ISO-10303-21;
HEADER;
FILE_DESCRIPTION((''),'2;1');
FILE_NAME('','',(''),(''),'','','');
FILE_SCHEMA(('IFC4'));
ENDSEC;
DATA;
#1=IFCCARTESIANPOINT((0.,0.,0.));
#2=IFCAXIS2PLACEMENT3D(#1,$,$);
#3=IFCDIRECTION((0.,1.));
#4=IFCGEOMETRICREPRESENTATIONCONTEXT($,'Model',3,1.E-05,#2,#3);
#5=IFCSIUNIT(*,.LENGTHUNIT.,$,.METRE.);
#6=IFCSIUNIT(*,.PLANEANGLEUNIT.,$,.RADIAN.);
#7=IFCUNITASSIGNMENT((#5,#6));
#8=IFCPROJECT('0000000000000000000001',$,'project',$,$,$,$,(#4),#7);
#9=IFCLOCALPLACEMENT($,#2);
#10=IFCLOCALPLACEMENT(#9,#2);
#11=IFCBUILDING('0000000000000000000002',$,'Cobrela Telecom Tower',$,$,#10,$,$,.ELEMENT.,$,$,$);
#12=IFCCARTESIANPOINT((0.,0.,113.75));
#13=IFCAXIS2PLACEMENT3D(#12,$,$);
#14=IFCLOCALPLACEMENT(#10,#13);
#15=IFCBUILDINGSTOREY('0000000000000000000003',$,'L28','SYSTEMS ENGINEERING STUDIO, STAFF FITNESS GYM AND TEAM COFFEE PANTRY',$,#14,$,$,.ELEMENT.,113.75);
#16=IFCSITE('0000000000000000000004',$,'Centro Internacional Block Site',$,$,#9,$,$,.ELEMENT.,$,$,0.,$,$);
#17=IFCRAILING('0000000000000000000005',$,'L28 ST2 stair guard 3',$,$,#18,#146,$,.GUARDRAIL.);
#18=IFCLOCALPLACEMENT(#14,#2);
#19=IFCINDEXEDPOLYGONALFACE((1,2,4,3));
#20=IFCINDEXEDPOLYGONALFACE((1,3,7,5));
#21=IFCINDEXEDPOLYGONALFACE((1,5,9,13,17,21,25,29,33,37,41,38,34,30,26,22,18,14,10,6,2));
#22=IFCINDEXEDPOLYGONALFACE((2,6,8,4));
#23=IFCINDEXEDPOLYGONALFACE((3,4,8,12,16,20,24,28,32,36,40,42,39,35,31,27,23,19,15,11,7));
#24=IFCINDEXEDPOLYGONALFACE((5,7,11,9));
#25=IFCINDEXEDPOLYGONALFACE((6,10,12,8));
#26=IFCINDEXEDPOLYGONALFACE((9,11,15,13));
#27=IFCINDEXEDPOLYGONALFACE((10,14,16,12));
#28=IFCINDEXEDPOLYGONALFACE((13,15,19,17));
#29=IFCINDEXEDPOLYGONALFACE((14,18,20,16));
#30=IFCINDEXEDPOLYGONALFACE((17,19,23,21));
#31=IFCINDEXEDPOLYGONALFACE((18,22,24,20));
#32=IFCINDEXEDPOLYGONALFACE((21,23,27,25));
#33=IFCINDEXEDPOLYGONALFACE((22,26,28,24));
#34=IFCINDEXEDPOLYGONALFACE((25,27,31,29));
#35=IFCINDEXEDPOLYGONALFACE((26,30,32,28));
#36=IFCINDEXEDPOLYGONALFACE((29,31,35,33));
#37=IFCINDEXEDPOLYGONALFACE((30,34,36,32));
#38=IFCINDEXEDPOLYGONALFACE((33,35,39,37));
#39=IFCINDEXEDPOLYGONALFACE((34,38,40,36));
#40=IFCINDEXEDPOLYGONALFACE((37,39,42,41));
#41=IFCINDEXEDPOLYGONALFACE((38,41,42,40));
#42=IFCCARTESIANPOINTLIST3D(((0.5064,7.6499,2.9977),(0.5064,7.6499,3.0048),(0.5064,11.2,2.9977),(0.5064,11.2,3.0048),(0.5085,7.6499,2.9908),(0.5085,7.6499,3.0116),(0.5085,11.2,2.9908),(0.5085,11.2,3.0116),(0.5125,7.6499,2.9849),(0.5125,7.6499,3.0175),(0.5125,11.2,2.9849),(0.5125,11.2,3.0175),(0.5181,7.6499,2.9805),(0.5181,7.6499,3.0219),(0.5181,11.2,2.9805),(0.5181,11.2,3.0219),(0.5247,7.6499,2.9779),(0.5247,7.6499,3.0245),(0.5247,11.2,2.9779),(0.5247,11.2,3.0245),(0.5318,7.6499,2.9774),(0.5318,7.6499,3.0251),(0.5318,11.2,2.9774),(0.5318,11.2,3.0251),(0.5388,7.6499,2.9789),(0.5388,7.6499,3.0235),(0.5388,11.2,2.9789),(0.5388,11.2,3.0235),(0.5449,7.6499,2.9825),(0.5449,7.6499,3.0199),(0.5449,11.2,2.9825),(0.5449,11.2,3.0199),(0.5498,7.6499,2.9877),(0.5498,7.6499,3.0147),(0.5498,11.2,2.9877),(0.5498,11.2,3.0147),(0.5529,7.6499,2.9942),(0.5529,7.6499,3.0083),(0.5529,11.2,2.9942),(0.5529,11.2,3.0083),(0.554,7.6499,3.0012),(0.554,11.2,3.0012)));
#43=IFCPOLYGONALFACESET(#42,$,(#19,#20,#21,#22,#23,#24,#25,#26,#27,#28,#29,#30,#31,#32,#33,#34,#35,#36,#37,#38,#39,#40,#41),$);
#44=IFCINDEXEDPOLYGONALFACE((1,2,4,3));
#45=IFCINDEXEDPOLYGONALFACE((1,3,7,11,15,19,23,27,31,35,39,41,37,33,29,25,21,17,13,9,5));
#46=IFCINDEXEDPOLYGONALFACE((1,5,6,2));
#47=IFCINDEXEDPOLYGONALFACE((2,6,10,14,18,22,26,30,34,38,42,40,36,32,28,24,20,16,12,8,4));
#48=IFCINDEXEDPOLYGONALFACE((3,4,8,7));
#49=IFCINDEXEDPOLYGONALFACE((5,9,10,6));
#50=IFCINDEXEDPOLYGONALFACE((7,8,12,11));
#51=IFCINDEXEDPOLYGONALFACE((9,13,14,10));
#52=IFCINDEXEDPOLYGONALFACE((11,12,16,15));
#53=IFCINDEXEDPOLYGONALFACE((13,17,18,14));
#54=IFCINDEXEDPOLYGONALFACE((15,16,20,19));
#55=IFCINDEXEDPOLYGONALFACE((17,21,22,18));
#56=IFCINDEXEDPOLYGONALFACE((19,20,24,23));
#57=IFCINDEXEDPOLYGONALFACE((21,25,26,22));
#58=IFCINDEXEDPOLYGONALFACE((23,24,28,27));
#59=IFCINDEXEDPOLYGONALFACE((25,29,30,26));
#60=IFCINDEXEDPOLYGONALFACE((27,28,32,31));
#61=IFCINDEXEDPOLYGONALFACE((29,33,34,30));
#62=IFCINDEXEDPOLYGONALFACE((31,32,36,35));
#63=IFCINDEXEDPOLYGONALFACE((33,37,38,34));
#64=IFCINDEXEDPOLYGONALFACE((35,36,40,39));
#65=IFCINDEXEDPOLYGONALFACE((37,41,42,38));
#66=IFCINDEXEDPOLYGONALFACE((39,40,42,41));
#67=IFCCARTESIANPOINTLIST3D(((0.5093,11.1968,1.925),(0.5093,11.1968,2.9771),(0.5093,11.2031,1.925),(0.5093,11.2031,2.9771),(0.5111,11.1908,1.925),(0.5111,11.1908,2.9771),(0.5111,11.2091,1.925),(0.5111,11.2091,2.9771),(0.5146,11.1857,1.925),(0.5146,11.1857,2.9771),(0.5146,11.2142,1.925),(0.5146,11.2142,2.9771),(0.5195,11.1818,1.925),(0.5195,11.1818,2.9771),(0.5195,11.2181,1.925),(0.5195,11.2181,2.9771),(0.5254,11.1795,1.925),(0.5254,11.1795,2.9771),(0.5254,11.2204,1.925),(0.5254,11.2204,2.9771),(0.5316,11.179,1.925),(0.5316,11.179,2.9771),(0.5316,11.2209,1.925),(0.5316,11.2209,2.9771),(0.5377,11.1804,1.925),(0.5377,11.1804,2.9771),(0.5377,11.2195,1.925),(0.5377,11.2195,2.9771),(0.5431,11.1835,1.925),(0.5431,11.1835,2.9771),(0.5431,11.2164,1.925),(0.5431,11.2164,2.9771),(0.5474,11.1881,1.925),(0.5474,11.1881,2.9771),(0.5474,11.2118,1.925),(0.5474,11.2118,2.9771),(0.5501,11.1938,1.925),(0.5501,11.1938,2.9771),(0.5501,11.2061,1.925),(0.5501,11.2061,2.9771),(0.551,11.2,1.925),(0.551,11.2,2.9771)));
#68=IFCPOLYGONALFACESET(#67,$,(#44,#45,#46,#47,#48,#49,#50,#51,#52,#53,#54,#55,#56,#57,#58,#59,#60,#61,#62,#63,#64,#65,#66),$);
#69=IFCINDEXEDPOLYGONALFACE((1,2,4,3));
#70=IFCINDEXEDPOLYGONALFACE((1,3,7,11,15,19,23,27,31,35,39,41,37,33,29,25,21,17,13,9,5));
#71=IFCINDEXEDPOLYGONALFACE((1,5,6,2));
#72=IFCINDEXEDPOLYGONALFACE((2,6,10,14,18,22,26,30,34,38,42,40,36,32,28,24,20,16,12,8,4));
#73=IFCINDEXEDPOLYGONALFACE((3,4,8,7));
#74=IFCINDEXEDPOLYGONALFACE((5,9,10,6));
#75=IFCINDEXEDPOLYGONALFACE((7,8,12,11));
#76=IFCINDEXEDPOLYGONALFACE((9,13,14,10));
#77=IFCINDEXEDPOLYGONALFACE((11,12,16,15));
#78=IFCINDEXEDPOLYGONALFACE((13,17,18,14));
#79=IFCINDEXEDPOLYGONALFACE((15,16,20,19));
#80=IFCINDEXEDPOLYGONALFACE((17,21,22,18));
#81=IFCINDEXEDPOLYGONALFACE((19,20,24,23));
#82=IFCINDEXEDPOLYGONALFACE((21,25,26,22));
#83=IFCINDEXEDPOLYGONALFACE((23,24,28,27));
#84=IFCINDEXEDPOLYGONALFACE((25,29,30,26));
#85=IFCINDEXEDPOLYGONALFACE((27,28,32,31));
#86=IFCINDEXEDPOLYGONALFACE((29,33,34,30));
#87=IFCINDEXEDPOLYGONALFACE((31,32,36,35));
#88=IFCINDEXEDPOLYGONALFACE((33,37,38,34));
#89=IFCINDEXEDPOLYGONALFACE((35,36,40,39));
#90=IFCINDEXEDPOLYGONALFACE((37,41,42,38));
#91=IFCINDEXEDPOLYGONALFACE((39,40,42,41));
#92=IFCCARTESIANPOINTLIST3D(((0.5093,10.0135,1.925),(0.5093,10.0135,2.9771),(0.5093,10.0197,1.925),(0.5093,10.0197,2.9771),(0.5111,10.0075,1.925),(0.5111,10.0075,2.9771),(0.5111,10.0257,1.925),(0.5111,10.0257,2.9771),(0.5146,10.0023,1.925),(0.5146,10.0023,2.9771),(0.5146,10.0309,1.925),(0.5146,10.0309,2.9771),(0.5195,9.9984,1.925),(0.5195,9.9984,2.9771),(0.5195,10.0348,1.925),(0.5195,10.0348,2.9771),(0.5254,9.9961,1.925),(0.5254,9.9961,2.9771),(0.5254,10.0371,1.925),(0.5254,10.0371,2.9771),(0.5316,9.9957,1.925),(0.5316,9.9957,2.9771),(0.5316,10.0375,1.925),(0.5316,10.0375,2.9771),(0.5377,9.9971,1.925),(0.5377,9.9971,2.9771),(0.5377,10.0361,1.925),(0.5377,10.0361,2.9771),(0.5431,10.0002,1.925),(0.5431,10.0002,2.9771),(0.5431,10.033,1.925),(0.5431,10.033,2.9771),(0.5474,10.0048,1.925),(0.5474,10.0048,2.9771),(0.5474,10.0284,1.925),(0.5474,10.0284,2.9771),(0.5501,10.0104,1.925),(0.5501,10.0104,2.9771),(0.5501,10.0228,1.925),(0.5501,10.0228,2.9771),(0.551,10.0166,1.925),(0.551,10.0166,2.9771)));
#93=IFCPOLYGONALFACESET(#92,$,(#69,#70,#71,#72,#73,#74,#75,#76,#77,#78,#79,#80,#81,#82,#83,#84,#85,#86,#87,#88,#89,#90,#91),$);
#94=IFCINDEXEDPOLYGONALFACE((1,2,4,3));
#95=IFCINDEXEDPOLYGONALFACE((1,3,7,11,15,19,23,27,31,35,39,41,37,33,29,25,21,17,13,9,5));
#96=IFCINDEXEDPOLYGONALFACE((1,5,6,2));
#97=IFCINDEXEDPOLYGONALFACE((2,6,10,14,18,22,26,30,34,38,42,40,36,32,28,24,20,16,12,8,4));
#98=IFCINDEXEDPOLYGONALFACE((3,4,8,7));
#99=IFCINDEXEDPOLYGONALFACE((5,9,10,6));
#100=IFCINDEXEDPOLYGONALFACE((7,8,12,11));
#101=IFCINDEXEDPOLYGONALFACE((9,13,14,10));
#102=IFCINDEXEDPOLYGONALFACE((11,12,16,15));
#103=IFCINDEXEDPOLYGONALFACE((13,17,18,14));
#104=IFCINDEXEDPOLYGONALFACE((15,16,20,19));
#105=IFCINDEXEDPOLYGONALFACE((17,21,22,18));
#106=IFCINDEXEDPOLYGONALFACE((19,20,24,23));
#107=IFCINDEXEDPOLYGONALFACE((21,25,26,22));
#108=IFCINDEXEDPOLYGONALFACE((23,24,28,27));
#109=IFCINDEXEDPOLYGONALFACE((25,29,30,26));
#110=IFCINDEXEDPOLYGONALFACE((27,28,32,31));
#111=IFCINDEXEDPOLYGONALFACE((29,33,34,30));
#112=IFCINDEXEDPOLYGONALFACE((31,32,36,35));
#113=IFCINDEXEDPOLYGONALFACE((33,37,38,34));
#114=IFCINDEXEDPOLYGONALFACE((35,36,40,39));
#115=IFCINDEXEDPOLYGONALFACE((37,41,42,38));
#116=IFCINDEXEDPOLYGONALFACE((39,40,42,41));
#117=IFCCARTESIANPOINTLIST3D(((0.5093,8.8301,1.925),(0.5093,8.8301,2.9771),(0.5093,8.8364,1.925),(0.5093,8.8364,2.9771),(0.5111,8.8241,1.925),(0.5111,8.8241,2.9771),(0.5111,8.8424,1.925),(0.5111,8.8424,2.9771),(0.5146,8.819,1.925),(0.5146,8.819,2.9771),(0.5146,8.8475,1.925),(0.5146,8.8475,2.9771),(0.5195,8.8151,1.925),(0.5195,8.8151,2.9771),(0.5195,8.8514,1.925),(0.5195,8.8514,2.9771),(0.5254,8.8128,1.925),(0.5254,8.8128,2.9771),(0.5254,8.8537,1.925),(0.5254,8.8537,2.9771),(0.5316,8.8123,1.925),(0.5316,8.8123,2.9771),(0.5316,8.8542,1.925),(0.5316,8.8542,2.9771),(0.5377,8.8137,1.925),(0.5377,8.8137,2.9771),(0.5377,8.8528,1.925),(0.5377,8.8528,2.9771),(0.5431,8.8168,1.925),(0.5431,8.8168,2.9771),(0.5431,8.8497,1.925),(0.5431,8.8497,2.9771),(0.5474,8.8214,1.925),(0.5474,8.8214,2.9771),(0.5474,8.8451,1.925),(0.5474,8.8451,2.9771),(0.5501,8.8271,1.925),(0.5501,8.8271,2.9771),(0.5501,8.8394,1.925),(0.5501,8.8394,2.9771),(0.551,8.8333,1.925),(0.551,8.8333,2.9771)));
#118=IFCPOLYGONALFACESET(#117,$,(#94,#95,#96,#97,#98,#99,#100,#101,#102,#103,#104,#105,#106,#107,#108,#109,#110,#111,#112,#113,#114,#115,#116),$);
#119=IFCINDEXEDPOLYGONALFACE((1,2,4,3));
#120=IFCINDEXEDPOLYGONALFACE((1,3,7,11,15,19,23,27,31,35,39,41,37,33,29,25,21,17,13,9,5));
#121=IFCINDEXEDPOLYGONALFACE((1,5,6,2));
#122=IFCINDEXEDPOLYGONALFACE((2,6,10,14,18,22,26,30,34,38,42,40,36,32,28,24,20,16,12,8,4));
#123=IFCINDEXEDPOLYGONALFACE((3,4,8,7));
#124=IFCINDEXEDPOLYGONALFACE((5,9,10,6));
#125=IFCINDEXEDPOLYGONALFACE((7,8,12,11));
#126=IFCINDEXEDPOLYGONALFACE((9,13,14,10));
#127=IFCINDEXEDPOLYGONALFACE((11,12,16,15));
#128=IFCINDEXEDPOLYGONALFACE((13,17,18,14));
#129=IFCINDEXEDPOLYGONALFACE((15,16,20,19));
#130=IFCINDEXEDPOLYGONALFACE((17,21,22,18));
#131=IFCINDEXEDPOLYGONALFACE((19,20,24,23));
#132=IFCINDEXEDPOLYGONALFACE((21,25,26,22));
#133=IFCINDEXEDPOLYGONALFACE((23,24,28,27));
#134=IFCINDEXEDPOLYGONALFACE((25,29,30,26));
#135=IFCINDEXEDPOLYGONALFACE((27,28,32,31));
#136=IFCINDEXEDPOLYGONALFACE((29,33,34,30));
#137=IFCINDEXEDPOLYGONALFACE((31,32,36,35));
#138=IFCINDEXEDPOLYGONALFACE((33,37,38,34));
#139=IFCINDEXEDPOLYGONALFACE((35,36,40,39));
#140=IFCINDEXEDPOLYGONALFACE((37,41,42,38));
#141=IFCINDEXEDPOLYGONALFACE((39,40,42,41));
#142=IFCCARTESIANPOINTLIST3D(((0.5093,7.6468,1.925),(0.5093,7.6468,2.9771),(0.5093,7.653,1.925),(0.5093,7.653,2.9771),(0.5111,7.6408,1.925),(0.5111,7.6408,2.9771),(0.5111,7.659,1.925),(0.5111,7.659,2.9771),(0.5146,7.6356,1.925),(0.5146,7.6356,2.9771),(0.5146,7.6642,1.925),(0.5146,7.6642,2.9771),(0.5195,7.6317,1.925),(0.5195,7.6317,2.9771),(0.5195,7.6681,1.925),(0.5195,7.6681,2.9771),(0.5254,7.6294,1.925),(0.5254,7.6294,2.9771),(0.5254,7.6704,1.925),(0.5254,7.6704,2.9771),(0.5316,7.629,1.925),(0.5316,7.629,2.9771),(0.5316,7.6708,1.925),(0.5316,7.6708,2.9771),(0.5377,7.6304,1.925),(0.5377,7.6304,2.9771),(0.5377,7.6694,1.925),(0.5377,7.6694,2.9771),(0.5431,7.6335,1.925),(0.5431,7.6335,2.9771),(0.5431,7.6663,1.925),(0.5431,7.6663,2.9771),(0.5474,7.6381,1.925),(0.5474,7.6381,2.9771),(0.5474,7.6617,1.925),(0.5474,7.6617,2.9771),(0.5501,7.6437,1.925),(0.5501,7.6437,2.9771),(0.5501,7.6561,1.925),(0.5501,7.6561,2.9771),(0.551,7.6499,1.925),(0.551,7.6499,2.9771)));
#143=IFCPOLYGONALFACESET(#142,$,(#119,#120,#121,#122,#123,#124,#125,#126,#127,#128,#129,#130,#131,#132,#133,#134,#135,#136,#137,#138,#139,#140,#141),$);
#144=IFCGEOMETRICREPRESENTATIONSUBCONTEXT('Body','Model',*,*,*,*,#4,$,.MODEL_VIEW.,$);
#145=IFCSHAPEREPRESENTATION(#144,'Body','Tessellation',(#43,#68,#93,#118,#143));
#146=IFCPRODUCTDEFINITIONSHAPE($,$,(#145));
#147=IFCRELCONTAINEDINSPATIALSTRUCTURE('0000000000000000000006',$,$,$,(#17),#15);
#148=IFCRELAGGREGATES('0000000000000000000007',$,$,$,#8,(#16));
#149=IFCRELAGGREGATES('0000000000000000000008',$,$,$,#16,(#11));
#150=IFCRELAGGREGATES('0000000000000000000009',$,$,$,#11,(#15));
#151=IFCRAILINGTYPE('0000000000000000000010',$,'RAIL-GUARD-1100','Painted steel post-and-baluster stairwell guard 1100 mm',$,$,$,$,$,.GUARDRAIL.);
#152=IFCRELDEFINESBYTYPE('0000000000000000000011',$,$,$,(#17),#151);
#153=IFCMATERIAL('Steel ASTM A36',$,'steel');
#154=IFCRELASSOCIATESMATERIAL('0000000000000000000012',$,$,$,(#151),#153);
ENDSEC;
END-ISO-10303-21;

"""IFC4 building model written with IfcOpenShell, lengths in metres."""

from ifc_helpers import new_model, si_unit, direction, frame, origin, origin_2d, place, context, subcontext, project, spatial, circle, extrude, material, type_object, element, save


model = new_model("IFC4")

# Units and contexts
model_context = context("Model", 3, precision=1e-05, world=origin(), true_north=direction((0.0, 1.0)))
body_context = subcontext(model_context, "Body", "Model", "MODEL_VIEW")
ifc_project = project(units=[si_unit("LENGTHUNIT", "METRE"), si_unit("PLANEANGLEUNIT", "RADIAN")], contexts=[model_context])

# Site, building, storey
site_placement = place(None, origin())
site = spatial("IfcSite", under=ifc_project, at=site_placement, Name="Centro Internacional Block Site", CompositionType="ELEMENT", RefElevation=0.0)
building_placement = place(site_placement, origin())
building = spatial("IfcBuilding", under=site, at=building_placement, Name="Cobrela Telecom Tower", CompositionType="ELEMENT")
storey_placement = place(building_placement, frame((0.0, 0.0, 113.75)))
storey = spatial("IfcBuildingStorey", under=building, at=storey_placement, Name="L28", Description="SYSTEMS ENGINEERING STUDIO, STAFF FITNESS GYM AND TEAM COFFEE PANTRY", CompositionType="ELEMENT", Elevation=113.75)

# Shared definitions
ifc_material_1 = material(Name="Steel ASTM A36", Category="steel")

# Railing
railing_type_1 = type_object("IfcRailingType", Name="RAIL-GUARD-1100", Description="Painted steel post-and-baluster stairwell guard 1100 mm", PredefinedType="GUARDRAIL", material=ifc_material_1)
railing_1_placement = place(storey_placement, frame((0.53, 11.2, 1.925)))
element("IfcRailing", 1, at=railing_1_placement, inside=storey, type_object=railing_type_1, Name="L28 ST2 stair guard 3", PredefinedType="GUARDRAIL", context=body_context, shape_type="SweptSolid", body=[
    extrude(circle(Radius=0.0239, at=origin_2d()), frame((0.0, 0.0, 1.0762), z_axis=(0.0, -1.0, 0.0), x_axis=(1.0, 0.0, 0.0)), (0.0, 0.0, 1.0), 3.55),
    extrude(circle(Radius=0.021, at=origin_2d()), origin(), (0.0, 0.0, 1.0), 1.052),
    extrude(circle(Radius=0.021, at=origin_2d()), frame((0.0, -1.1833, 0.0)), (0.0, 0.0, 1.0), 1.052),
    extrude(circle(Radius=0.021, at=origin_2d()), frame((0.0, -2.3667, 0.0)), (0.0, 0.0, 1.0), 1.052),
    extrude(circle(Radius=0.021, at=origin_2d()), frame((0.0, -3.55, 0.0)), (0.0, 0.0, 1.0), 1.052),
])

save(model, "model.ifc")
